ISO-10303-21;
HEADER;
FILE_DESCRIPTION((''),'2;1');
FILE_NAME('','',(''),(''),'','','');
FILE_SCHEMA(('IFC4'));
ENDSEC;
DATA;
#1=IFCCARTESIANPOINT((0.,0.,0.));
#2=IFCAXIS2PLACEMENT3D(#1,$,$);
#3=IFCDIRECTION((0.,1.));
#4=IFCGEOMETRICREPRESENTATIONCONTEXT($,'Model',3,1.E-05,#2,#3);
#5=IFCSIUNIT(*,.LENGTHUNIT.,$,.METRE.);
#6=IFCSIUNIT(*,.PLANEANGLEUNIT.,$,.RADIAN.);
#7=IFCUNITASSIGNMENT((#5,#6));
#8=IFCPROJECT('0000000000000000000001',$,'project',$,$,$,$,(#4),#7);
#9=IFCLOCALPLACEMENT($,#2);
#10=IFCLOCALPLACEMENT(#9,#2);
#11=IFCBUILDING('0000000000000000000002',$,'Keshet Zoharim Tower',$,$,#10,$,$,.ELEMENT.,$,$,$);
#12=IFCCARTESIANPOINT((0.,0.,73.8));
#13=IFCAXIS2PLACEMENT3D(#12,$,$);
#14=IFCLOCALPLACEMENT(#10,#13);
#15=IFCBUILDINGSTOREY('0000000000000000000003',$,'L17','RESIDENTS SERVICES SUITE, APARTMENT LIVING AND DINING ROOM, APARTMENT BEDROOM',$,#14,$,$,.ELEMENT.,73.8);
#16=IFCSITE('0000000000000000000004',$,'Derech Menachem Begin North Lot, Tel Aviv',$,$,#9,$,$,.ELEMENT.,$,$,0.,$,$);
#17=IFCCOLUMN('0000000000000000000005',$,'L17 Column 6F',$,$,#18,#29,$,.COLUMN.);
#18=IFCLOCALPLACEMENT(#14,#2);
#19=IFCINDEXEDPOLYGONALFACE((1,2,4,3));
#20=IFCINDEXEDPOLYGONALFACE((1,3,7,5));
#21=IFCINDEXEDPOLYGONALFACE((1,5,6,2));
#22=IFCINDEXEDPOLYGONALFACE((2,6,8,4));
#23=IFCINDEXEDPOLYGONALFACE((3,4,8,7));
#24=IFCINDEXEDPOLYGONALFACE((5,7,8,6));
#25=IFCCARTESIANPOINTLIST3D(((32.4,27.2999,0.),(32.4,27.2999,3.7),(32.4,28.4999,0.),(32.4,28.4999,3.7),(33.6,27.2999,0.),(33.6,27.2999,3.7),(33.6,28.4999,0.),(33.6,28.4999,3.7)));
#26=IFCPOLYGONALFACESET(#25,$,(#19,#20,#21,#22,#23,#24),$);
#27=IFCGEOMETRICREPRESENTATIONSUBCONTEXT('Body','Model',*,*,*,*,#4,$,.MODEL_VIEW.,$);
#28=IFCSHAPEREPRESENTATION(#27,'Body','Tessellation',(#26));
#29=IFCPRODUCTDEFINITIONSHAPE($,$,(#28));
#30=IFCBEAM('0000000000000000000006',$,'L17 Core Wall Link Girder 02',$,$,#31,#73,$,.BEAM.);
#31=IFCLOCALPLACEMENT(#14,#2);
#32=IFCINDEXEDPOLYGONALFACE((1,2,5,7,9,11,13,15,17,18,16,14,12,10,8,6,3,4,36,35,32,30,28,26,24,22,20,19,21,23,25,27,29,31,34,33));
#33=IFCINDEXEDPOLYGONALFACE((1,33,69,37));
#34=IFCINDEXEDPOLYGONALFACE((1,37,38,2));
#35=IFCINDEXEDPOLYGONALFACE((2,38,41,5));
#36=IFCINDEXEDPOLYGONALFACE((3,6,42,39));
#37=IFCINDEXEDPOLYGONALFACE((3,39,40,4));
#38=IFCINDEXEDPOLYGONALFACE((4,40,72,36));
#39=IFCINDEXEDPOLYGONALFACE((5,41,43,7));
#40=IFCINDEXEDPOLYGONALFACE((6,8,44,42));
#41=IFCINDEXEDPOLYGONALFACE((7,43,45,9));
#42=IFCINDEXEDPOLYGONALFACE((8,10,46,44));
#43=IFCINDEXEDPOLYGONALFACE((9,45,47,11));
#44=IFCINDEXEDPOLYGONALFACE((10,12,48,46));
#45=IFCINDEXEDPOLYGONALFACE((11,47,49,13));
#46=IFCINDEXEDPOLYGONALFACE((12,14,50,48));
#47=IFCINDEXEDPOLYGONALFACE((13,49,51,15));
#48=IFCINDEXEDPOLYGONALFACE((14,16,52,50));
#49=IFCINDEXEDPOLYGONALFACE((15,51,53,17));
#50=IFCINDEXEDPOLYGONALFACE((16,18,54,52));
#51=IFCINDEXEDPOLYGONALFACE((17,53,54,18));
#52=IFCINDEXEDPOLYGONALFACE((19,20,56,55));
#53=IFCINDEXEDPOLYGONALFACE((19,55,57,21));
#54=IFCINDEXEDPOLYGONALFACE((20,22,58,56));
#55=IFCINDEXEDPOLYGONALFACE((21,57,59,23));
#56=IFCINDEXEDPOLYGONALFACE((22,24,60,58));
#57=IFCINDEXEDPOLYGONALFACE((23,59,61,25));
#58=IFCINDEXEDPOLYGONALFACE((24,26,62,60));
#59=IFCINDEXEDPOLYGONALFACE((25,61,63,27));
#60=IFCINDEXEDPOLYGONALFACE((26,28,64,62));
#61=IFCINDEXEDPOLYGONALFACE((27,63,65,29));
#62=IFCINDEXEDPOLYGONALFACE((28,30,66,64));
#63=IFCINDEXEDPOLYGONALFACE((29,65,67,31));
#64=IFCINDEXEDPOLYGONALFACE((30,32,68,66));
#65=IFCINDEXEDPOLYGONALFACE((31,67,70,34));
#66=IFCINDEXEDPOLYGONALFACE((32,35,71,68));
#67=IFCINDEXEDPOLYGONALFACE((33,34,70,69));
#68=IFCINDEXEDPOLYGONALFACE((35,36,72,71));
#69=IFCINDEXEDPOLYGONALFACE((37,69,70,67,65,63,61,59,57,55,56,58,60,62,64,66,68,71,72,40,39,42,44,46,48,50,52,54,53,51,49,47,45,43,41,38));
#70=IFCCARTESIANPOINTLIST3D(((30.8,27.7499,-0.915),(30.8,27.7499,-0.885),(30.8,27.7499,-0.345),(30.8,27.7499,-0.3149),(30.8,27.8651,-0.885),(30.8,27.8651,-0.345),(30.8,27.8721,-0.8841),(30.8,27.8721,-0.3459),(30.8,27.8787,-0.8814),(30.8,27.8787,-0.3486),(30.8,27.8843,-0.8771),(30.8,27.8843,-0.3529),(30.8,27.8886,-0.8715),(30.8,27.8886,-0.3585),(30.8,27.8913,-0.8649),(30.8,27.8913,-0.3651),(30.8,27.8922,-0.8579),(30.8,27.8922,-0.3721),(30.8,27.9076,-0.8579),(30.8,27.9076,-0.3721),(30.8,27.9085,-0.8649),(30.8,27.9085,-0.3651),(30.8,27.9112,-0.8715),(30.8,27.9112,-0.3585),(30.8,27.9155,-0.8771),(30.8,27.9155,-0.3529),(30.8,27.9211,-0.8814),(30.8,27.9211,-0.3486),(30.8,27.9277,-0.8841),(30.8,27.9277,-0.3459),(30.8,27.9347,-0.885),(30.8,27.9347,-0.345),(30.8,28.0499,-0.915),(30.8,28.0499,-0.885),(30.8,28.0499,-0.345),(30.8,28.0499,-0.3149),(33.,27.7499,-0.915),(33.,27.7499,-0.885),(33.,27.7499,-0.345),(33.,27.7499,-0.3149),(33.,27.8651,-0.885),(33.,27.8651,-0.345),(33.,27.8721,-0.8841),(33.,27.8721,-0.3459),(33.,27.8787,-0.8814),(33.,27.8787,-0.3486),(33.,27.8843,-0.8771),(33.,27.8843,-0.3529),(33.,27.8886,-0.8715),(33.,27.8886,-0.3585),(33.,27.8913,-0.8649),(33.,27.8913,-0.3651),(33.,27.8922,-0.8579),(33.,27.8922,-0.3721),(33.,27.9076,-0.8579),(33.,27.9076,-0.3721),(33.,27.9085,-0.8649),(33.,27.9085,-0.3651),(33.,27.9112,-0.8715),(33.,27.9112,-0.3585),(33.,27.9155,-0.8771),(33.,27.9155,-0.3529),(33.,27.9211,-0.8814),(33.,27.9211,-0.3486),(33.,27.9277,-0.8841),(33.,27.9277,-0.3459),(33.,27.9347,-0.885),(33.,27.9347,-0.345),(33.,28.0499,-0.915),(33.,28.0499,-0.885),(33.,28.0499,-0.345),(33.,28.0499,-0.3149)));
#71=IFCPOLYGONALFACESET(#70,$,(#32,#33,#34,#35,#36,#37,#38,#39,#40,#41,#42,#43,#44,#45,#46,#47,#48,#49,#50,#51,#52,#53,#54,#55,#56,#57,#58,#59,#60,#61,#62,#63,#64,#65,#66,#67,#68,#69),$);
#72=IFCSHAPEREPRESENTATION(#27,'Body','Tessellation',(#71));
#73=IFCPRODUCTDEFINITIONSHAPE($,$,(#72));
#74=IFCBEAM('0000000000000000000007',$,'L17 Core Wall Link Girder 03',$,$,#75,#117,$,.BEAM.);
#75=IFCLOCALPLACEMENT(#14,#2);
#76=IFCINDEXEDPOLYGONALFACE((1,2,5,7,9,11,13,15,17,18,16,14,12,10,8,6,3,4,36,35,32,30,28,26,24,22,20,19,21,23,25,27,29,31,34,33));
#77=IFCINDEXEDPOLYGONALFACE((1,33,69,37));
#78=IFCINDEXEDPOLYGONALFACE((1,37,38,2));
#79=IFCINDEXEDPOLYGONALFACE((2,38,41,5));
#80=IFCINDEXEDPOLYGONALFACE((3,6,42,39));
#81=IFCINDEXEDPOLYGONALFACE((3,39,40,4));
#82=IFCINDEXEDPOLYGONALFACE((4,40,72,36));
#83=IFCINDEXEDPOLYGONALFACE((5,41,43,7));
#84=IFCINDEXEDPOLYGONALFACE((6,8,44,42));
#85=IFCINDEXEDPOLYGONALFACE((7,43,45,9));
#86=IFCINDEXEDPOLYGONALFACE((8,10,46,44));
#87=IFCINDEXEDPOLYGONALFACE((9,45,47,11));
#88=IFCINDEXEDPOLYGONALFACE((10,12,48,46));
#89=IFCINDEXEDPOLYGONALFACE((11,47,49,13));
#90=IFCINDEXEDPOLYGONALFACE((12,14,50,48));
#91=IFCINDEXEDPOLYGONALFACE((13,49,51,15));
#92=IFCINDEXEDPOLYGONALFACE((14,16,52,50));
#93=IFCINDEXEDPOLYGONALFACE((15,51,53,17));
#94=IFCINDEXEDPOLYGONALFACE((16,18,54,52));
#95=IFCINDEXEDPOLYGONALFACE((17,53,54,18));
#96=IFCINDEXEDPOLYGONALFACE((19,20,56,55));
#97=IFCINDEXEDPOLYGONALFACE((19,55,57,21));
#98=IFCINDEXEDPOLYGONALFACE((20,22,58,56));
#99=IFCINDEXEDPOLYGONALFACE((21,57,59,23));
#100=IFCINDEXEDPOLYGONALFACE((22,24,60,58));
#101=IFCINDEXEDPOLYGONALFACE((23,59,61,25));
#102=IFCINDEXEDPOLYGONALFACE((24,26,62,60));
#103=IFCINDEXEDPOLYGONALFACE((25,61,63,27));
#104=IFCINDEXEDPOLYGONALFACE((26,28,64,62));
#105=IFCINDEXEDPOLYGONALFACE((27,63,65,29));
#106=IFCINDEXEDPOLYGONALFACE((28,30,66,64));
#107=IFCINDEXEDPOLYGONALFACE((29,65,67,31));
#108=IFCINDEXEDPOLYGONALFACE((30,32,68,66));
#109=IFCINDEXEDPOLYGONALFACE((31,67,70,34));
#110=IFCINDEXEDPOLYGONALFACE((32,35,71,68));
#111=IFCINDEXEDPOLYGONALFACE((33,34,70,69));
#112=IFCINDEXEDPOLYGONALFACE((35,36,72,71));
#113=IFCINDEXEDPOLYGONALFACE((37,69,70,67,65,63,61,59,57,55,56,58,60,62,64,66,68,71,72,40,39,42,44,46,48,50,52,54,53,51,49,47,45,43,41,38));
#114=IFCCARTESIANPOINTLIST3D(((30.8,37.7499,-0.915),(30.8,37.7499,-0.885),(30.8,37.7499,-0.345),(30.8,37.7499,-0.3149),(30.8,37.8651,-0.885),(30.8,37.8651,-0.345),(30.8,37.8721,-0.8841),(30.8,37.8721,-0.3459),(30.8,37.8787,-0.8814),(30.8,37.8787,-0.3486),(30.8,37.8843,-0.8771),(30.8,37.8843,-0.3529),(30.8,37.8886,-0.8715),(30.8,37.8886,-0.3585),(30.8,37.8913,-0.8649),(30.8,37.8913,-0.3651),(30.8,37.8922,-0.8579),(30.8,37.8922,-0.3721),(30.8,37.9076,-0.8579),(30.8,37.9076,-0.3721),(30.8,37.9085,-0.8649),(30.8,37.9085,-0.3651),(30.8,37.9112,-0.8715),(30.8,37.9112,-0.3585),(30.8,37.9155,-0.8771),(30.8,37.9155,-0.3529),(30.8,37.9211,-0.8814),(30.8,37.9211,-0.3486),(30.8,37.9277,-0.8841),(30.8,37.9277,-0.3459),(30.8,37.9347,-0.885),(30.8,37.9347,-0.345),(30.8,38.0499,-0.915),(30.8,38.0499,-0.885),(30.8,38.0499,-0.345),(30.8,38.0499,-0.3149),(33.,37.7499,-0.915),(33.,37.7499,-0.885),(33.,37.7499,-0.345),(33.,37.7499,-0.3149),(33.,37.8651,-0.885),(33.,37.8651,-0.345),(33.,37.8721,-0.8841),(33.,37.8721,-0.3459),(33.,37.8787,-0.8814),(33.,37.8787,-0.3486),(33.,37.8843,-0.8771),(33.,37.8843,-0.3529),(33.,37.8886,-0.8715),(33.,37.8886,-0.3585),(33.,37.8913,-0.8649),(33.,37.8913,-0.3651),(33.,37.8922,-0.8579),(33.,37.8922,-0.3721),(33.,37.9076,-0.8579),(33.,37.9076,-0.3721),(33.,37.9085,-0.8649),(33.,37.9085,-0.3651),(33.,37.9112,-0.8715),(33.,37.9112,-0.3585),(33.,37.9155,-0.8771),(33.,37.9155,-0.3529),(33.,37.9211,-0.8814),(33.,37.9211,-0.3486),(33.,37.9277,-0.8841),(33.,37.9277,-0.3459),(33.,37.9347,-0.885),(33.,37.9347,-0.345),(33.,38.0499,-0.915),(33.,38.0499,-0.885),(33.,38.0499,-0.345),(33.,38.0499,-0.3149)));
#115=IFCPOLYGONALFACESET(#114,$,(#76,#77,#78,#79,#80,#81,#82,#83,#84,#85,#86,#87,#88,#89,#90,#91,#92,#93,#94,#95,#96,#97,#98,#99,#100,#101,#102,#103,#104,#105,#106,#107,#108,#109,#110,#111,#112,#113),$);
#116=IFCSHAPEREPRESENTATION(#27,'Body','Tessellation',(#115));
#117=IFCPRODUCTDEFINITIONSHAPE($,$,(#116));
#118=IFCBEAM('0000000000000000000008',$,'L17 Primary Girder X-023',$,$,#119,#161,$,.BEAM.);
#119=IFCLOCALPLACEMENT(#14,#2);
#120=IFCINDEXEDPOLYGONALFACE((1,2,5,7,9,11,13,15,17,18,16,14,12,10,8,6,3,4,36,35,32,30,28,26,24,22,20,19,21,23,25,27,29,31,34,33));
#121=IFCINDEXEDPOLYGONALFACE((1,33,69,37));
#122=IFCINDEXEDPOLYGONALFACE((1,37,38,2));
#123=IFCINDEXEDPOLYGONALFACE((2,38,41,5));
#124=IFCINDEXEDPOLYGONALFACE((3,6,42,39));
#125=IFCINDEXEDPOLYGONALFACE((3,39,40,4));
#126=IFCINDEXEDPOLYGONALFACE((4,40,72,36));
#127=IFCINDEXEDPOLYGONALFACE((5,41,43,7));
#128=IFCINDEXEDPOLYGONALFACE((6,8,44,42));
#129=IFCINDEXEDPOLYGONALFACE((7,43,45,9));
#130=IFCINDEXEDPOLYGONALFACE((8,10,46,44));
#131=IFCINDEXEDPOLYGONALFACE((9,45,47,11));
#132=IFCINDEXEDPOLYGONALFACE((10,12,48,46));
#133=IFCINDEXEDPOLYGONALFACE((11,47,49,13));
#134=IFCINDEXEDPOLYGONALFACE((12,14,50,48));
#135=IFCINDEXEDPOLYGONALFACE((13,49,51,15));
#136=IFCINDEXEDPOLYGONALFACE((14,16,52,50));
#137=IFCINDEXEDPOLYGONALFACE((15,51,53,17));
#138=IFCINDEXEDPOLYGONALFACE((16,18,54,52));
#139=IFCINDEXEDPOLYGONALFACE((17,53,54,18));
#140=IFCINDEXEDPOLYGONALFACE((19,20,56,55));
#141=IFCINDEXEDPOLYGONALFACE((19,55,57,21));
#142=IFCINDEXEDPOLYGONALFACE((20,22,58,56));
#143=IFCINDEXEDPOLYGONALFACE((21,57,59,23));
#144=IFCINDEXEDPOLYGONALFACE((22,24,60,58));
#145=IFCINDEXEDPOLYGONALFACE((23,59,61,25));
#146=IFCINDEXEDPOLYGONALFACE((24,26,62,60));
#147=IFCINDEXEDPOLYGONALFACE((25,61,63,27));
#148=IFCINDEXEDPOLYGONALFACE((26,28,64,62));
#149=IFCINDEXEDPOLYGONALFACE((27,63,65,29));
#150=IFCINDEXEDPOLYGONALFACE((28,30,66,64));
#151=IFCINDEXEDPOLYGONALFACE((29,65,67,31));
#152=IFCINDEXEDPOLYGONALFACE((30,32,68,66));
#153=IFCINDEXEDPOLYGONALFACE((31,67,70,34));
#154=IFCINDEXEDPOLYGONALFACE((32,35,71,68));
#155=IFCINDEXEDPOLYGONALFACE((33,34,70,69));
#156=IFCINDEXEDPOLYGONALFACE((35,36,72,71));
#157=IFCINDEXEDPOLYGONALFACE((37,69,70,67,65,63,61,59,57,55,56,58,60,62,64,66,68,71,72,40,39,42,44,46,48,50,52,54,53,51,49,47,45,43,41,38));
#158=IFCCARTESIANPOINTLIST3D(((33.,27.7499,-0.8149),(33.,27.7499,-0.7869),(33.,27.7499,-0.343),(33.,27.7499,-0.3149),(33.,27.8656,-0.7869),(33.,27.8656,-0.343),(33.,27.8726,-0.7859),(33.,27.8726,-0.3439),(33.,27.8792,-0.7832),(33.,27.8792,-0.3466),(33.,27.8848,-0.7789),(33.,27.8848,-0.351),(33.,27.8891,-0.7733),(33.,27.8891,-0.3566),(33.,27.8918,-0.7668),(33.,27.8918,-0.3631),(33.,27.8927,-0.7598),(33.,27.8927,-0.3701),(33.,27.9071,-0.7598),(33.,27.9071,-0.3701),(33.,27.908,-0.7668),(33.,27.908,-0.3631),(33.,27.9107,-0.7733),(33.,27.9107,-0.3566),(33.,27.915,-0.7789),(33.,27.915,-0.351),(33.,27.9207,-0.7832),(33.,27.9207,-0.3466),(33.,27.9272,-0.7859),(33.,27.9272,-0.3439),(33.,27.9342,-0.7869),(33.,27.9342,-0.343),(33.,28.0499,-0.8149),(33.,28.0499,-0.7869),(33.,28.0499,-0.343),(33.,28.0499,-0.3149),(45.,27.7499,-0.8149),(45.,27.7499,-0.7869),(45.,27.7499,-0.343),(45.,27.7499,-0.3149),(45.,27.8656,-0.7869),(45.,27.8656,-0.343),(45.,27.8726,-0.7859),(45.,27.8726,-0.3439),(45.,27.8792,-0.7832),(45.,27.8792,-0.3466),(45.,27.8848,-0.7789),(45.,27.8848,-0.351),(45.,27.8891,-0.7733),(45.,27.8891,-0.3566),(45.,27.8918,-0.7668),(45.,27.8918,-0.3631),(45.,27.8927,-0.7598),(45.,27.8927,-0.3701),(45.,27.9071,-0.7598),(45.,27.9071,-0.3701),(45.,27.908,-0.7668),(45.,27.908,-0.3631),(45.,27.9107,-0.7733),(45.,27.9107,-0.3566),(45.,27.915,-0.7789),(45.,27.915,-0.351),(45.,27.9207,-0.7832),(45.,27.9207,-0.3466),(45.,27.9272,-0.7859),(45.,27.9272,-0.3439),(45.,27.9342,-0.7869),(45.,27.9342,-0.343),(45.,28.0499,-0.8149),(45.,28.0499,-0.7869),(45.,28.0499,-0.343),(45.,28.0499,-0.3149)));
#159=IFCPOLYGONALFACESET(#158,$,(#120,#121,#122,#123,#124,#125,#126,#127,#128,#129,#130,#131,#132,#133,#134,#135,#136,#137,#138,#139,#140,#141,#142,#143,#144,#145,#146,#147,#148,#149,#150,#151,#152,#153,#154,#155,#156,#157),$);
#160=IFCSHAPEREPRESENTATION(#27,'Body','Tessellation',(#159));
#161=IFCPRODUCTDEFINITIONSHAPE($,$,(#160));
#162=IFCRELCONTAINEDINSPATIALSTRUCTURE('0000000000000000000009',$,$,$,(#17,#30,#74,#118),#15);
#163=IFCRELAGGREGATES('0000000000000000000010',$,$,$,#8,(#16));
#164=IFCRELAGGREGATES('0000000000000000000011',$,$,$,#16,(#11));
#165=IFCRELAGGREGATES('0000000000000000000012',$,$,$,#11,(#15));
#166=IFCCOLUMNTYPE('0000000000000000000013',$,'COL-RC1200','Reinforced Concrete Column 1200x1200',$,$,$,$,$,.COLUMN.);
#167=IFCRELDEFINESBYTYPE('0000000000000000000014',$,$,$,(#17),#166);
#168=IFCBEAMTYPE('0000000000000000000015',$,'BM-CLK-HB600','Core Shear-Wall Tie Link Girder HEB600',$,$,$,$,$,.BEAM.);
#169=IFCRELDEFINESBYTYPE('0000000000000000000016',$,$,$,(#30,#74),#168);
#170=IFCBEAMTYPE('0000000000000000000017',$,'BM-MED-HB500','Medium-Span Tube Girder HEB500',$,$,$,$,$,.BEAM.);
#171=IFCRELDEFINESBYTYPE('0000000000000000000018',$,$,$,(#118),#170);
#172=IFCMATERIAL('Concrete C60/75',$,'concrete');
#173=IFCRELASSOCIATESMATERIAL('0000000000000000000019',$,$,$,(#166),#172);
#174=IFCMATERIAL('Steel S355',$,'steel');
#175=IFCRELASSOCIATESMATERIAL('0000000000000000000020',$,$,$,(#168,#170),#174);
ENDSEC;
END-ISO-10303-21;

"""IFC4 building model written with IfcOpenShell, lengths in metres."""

from ifc_helpers import new_model, si_unit, direction, frame, origin, origin_2d, place, context, subcontext, project, spatial, rectangle, i_section, extrude, material, material_profile, profile_set, type_object, element, save


model = new_model("IFC4")

# Units and contexts
model_context = context("Model", 3, precision=1e-05, world=origin(), true_north=direction((0.0, 1.0)))
body_context = subcontext(model_context, "Body", "Model", "MODEL_VIEW")
ifc_project = project(units=[si_unit("LENGTHUNIT", "METRE"), si_unit("PLANEANGLEUNIT", "RADIAN")], contexts=[model_context])

# Site, building, storey
site_placement = place(None, origin())
site = spatial("IfcSite", under=ifc_project, at=site_placement, Name="Derech Menachem Begin North Lot, Tel Aviv", CompositionType="ELEMENT", RefElevation=0.0)
building_placement = place(site_placement, origin())
building = spatial("IfcBuilding", under=site, at=building_placement, Name="Keshet Zoharim Tower", CompositionType="ELEMENT")
storey_placement = place(building_placement, frame((0.0, 0.0, 73.8)))
storey = spatial("IfcBuildingStorey", under=building, at=storey_placement, Name="L17", Description="RESIDENTS SERVICES SUITE, APARTMENT LIVING AND DINING ROOM, APARTMENT BEDROOM", CompositionType="ELEMENT", Elevation=73.8)

# Column
ifc_material_1 = material(Name="Concrete C60/75", Category="concrete")
ifc_material_profile_1 = material_profile(ifc_material_1, rectangle(XDim=1.2, YDim=1.2, at=origin_2d()), Name="RC1200x1200")
ifc_profile_set_1 = profile_set([ifc_material_profile_1], Name="Concrete C60/75")
column_type = type_object("IfcColumnType", Name="COL-RC1200", Description="Reinforced Concrete Column 1200x1200", PredefinedType="COLUMN", material=ifc_profile_set_1)
column_placement = place(storey_placement, frame((33.0, 27.8999, 0.0), z_axis=(0.0, 0.0, 1.0), x_axis=(1.0, 0.0, 0.0)))
element("IfcColumn", 1, at=column_placement, inside=storey, type_object=column_type, Name="L17 Column 6F", PredefinedType="COLUMN", context=body_context, shape_type="SweptSolid", body=[
    extrude(rectangle(XDim=1.2, YDim=1.2, at=origin_2d()), origin(), (0.0, 0.0, 1.0), 3.7),
])

# Beams
ifc_material_2 = material(Name="Steel S355", Category="steel")
ifc_material_profile_2 = material_profile(ifc_material_2, i_section(OverallWidth=0.3, OverallDepth=0.6001, WebThickness=0.0154, FlangeThickness=0.03, FilletRadius=0.0271, at=origin_2d()), Name="HEB600")
ifc_profile_set_2 = profile_set([ifc_material_profile_2], Name="Steel S355")
beam_type_1 = type_object("IfcBeamType", Name="BM-CLK-HB600", Description="Core Shear-Wall Tie Link Girder HEB600", PredefinedType="BEAM", material=ifc_profile_set_2)
for number, where, z_axis, x_axis, name in (
    (2, (30.8, 27.8999, -0.615), (1.0, 0.0, 0.0), (0.0, 1.0, 0.0), "L17 Core Wall Link Girder 02"),
    (3, (30.8, 37.8999, -0.615), (1.0, 0.0, 0.0), (0.0, 1.0, 0.0), "L17 Core Wall Link Girder 03"),
):
    element("IfcBeam", number, at=place(storey_placement, frame(where, z_axis=z_axis, x_axis=x_axis)), inside=storey, type_object=beam_type_1, Name=name, PredefinedType="BEAM", context=body_context, shape_type="SweptSolid", body=[
        extrude(i_section(OverallWidth=0.3, OverallDepth=0.6001, WebThickness=0.0154, FlangeThickness=0.03, FilletRadius=0.0271, at=origin_2d()), origin(), (0.0, 0.0, 1.0), 2.2),
    ])
ifc_material_profile_3 = material_profile(ifc_material_2, i_section(OverallWidth=0.3, OverallDepth=0.5, WebThickness=0.0144, FlangeThickness=0.0281, FilletRadius=0.0271, at=origin_2d()), Name="HEB500")
ifc_profile_set_3 = profile_set([ifc_material_profile_3], Name="Steel S355")
beam_type_2 = type_object("IfcBeamType", Name="BM-MED-HB500", Description="Medium-Span Tube Girder HEB500", PredefinedType="BEAM", material=ifc_profile_set_3)
beam_1_placement = place(storey_placement, frame((33.0, 27.8999, -0.5649), z_axis=(1.0, 0.0, 0.0), x_axis=(0.0, 1.0, 0.0)))
element("IfcBeam", 4, at=beam_1_placement, inside=storey, type_object=beam_type_2, Name="L17 Primary Girder X-023", PredefinedType="BEAM", context=body_context, shape_type="SweptSolid", body=[
    extrude(i_section(OverallWidth=0.3, OverallDepth=0.5, WebThickness=0.0144, FlangeThickness=0.0281, FilletRadius=0.0271, at=origin_2d()), origin(), (0.0, 0.0, 1.0), 12.0),
])

save(model, "model.ifc")
